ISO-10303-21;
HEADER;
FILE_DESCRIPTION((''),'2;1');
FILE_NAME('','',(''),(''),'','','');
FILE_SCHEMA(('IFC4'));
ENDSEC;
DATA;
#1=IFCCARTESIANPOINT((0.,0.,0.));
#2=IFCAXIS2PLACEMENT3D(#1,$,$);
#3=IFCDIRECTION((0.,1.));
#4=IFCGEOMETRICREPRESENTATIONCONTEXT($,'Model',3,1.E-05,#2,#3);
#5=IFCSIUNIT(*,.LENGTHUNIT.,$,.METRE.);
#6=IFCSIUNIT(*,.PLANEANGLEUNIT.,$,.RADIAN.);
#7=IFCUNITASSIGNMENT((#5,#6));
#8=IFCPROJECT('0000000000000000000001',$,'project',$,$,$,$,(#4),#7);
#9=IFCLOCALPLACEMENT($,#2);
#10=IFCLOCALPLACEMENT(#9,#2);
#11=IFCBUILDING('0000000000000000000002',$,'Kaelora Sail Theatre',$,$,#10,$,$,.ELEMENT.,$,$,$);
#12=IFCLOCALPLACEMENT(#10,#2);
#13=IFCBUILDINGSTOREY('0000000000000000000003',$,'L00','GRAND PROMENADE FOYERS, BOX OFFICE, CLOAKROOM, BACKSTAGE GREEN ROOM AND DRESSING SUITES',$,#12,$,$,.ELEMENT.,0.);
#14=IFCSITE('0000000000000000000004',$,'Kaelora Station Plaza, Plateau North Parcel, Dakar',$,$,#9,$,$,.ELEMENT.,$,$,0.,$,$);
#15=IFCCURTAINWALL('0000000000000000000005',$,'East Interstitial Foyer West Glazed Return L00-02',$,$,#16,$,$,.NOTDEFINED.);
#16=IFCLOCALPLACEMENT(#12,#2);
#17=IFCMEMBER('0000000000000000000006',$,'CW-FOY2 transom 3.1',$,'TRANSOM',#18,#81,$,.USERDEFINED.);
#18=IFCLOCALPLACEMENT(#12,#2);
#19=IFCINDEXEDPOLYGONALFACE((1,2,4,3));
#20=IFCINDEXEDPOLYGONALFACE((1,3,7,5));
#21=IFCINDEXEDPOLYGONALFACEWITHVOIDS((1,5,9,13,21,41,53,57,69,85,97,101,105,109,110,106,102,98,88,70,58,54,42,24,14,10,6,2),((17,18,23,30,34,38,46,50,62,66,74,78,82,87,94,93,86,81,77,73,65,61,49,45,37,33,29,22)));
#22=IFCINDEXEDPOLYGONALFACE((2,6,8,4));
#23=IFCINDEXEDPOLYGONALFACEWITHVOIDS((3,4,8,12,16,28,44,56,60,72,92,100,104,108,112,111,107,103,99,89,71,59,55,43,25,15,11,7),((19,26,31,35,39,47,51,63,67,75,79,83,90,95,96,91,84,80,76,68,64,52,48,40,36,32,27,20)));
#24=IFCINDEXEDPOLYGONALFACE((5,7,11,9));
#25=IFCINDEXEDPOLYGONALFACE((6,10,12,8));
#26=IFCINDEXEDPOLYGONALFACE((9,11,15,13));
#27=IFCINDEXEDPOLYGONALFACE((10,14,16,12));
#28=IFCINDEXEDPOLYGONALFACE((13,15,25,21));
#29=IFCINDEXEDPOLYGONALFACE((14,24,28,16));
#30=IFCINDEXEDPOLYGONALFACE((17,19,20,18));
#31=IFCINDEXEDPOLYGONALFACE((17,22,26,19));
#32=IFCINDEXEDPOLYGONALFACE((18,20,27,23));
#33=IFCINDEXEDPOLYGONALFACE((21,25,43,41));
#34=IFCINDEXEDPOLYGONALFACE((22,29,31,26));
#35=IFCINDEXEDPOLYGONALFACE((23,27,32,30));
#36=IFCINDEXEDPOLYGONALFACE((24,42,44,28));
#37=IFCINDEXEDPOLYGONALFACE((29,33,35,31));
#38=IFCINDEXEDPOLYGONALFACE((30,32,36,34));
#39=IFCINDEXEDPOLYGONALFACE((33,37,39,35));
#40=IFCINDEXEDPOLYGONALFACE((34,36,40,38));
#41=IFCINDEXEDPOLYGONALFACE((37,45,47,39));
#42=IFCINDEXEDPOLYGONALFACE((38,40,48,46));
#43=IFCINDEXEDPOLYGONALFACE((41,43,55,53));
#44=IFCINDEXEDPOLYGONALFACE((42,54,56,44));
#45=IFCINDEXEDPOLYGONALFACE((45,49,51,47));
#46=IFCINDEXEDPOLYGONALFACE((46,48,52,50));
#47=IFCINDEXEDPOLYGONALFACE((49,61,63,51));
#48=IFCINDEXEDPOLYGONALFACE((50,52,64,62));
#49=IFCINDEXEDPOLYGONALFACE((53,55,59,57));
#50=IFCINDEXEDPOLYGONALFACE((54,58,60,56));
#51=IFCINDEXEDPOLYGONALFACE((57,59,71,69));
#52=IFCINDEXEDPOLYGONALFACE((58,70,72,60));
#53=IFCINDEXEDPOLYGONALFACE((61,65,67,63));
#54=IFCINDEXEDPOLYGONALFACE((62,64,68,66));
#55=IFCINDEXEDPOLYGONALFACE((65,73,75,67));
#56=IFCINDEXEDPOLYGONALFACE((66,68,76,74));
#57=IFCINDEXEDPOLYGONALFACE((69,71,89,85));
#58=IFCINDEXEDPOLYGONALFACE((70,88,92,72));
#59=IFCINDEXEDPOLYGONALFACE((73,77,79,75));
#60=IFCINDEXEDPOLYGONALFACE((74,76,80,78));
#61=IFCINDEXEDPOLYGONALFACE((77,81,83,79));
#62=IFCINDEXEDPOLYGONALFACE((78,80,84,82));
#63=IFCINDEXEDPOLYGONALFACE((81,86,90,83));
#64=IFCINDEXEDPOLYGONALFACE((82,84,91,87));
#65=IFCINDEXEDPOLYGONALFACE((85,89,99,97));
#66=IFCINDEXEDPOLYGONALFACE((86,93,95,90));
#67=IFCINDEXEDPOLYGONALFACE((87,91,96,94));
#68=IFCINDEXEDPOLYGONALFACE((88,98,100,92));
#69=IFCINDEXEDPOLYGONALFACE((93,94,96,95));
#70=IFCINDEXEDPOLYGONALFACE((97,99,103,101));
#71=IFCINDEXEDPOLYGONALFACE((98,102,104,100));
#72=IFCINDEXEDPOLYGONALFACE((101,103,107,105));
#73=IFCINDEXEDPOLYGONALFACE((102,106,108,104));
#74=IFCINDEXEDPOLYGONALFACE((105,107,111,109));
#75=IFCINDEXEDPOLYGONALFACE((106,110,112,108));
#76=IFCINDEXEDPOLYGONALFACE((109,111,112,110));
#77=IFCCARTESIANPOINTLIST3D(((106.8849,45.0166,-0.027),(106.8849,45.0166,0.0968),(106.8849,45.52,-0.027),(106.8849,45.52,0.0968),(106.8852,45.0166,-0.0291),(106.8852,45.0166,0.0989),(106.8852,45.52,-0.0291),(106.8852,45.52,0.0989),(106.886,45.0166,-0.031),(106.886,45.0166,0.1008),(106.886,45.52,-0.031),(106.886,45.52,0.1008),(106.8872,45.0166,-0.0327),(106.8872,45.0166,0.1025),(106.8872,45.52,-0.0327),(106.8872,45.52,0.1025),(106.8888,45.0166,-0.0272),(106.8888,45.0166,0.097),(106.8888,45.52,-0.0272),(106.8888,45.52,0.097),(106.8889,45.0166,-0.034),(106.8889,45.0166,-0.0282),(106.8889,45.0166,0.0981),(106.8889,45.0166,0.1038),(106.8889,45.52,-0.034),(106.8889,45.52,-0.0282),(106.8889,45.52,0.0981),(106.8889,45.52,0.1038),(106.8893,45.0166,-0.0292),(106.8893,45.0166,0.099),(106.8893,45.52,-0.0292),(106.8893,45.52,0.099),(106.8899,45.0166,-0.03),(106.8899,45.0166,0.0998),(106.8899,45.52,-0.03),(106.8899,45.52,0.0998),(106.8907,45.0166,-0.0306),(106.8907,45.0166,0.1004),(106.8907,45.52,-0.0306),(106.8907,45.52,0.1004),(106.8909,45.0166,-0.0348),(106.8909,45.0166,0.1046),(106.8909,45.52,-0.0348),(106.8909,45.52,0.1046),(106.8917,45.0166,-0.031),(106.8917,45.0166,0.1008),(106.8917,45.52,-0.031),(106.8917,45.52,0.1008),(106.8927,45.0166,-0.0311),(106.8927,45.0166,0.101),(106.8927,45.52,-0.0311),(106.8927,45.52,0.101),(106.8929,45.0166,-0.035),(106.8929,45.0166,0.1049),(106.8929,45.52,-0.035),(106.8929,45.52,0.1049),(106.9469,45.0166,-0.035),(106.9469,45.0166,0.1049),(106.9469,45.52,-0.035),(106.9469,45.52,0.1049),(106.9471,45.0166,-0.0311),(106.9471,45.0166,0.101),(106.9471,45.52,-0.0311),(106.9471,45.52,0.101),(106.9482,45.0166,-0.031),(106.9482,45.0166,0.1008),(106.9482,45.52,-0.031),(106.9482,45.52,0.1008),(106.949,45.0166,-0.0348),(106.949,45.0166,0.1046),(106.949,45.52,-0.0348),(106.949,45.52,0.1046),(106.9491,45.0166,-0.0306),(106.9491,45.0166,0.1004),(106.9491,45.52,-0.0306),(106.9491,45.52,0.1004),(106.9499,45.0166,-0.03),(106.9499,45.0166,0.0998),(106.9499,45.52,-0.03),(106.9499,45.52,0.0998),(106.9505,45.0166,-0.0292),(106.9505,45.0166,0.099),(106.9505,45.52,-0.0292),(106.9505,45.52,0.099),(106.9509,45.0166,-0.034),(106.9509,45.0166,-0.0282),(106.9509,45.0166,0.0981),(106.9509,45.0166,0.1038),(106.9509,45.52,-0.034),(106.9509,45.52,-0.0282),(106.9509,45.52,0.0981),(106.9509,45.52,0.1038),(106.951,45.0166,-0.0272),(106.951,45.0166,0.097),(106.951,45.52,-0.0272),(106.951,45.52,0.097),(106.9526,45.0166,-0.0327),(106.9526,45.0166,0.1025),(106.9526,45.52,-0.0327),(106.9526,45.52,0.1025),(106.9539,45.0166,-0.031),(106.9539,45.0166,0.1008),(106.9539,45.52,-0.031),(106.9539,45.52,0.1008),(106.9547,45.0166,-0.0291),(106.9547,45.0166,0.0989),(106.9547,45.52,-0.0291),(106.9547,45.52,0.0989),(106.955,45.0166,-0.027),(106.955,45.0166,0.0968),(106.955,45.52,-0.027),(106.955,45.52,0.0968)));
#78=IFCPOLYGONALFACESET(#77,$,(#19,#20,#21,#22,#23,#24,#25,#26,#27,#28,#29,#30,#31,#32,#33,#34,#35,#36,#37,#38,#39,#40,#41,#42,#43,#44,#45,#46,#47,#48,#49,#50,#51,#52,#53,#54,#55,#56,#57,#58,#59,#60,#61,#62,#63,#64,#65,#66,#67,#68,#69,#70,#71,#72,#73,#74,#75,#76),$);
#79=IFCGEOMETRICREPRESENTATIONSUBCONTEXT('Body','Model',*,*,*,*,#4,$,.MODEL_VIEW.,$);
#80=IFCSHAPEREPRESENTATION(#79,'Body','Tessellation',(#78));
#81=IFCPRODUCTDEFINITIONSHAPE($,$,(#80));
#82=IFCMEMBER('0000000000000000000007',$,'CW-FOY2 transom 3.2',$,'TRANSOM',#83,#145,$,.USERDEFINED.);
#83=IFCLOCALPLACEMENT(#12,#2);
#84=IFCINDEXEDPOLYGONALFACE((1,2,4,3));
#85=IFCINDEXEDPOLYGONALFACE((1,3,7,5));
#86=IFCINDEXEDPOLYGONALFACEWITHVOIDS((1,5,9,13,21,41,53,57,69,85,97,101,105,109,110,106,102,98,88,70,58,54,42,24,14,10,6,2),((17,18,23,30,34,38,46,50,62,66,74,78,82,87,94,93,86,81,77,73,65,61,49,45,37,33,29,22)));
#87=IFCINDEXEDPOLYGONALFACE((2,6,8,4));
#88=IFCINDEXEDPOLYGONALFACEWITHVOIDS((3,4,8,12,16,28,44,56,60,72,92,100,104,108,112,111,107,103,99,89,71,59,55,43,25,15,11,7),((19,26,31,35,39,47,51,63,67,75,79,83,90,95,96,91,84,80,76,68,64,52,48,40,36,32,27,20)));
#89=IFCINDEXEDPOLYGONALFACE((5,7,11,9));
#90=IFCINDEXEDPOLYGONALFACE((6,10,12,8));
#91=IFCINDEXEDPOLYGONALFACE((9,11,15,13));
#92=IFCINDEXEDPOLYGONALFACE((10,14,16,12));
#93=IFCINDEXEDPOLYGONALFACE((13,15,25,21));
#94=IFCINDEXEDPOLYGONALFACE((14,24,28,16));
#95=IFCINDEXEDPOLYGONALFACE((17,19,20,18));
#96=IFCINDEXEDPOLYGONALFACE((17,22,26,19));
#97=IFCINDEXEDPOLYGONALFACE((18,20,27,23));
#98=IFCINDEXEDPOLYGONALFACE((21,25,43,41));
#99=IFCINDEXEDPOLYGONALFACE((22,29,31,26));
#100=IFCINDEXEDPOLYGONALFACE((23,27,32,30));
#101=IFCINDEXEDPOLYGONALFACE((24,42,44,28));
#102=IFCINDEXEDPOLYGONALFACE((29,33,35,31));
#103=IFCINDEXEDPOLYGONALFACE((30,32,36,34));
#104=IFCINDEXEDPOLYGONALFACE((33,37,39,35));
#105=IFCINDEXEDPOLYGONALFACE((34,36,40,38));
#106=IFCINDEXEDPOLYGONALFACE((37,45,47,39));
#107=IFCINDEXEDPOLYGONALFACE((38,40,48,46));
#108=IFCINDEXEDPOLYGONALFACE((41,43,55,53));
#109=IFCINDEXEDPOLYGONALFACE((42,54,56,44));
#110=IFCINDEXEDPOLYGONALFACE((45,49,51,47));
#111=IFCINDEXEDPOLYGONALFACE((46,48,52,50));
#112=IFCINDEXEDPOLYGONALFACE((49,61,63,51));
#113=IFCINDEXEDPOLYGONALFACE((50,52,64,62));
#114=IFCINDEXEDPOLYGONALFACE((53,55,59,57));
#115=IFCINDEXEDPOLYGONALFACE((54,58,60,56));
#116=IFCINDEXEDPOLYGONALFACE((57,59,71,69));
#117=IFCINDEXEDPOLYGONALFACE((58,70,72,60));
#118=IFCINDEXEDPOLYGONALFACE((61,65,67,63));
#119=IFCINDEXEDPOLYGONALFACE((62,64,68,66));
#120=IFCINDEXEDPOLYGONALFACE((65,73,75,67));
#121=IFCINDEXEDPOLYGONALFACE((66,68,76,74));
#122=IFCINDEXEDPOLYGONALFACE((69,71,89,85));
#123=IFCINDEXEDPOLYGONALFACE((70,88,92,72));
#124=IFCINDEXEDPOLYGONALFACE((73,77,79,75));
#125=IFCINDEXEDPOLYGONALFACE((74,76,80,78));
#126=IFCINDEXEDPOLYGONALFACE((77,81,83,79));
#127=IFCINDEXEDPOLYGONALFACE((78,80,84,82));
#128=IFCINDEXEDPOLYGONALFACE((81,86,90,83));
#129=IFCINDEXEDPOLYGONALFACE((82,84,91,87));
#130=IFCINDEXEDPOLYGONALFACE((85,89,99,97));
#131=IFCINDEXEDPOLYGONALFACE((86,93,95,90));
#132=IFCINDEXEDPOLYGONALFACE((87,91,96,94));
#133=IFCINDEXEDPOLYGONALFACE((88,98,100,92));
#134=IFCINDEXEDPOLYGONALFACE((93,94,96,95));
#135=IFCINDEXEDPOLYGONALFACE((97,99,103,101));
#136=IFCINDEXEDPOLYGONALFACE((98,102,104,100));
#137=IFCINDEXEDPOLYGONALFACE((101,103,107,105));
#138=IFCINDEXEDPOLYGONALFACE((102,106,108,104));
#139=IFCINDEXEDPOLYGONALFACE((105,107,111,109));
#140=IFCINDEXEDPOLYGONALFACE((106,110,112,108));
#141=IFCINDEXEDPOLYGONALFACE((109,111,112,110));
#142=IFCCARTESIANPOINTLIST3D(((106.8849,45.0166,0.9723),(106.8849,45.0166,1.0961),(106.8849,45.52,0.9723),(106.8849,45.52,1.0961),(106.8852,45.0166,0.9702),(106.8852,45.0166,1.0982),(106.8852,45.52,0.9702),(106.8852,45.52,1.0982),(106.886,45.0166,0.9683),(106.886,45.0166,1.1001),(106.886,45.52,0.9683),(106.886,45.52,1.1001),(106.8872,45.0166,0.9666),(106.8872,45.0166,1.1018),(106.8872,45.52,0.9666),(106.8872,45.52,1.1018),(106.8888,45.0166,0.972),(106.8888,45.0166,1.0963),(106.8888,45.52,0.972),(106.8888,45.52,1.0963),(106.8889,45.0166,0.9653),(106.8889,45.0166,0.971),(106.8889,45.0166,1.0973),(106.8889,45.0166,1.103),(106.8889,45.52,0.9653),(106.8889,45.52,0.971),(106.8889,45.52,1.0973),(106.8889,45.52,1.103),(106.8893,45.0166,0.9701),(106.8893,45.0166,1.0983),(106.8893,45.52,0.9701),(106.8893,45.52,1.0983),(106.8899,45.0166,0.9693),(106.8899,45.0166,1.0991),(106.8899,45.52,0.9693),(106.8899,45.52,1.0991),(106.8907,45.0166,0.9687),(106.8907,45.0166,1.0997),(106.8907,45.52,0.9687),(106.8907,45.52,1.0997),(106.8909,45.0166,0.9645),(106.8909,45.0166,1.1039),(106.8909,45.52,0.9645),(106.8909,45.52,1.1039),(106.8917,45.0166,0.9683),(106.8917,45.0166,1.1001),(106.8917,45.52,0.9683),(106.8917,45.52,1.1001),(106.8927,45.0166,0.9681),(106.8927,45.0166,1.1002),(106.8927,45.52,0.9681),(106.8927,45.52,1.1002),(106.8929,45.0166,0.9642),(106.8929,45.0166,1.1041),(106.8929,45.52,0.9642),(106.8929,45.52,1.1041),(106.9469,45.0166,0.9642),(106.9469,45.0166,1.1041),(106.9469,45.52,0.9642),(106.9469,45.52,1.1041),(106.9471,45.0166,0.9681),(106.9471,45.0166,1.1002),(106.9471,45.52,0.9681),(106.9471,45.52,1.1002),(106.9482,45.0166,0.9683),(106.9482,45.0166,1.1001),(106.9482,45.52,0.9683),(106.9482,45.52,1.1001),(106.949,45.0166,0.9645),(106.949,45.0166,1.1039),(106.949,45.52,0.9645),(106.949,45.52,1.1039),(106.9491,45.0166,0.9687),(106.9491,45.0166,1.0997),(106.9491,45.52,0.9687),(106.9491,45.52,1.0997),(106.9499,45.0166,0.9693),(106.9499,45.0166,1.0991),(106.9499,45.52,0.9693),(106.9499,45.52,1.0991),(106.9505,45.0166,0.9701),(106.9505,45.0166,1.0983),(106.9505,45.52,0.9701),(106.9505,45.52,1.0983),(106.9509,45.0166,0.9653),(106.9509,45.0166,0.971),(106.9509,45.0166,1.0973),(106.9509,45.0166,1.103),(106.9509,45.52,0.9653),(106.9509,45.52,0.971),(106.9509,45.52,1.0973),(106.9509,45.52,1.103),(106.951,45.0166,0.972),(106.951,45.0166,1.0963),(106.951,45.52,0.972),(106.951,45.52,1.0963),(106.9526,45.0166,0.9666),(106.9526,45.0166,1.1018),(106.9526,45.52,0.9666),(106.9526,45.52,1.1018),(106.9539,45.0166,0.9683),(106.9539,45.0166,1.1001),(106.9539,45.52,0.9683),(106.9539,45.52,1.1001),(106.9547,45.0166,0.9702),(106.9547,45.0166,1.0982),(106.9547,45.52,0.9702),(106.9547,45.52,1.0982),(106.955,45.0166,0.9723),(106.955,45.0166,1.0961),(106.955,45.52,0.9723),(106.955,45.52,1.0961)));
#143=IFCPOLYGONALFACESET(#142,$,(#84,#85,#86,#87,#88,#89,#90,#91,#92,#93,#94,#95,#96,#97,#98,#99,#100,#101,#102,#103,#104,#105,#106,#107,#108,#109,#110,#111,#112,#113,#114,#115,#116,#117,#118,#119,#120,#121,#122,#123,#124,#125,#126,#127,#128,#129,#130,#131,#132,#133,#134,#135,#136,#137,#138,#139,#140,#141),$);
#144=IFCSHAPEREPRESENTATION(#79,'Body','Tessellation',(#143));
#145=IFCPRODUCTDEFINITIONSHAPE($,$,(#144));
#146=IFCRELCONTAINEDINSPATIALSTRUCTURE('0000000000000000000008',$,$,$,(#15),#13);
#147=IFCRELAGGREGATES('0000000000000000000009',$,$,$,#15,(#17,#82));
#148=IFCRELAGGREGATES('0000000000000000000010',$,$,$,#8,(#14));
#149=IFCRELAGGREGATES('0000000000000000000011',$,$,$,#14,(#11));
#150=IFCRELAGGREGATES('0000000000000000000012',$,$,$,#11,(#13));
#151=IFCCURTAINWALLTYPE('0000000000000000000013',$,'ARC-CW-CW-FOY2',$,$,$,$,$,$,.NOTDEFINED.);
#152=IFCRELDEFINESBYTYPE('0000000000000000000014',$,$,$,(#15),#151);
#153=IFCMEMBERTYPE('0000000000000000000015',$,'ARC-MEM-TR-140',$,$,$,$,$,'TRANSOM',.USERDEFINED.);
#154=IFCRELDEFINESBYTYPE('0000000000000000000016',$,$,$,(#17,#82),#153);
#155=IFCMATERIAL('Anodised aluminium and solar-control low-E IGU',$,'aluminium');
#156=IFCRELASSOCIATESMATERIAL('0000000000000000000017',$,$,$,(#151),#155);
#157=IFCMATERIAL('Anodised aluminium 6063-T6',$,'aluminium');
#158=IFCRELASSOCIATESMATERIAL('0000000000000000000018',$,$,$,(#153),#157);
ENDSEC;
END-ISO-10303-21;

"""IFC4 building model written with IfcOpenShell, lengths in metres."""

from ifc_helpers import new_model, si_unit, direction, frame, origin, origin_2d, place, context, subcontext, project, spatial, hollow_rectangle, extrude, material, material_profile, profile_set, type_object, element, aggregate, save


model = new_model("IFC4")

# Units and contexts
model_context = context("Model", 3, precision=1e-05, world=origin(), true_north=direction((0.0, 1.0)))
body_context = subcontext(model_context, "Body", "Model", "MODEL_VIEW")
ifc_project = project(units=[si_unit("LENGTHUNIT", "METRE"), si_unit("PLANEANGLEUNIT", "RADIAN")], contexts=[model_context])

# Site, building, storey
site_placement = place(None, origin())
site = spatial("IfcSite", under=ifc_project, at=site_placement, Name="Kaelora Station Plaza, Plateau North Parcel, Dakar", CompositionType="ELEMENT", RefElevation=0.0)
building_placement = place(site_placement, origin())
building = spatial("IfcBuilding", under=site, at=building_placement, Name="Kaelora Sail Theatre", CompositionType="ELEMENT")
storey_placement = place(building_placement, origin())
storey = spatial("IfcBuildingStorey", under=building, at=storey_placement, Name="L00", Description="GRAND PROMENADE FOYERS, BOX OFFICE, CLOAKROOM, BACKSTAGE GREEN ROOM AND DRESSING SUITES", CompositionType="ELEMENT", Elevation=0.0)

# Shared definitions
ifc_material_1 = material(Name="Anodised aluminium and solar-control low-E IGU", Category="aluminium")
curtain_wall_type = type_object("IfcCurtainWallType", Name="ARC-CW-CW-FOY2", PredefinedType="NOTDEFINED", material=ifc_material_1)

# Curtain wall
curtain_wall_1_placement = place(storey_placement, origin())
curtain_wall_1 = element("IfcCurtainWall", 1, at=curtain_wall_1_placement, inside=storey, type_object=curtain_wall_type, Name="East Interstitial Foyer West Glazed Return L00-02", PredefinedType="NOTDEFINED")

# Members
ifc_material_2 = material(Name="Anodised aluminium 6063-T6", Category="aluminium")
ifc_material_profile_1 = material_profile(ifc_material_2, hollow_rectangle(XDim=0.0701, YDim=0.1399, WallThickness=0.0039, InnerFilletRadius=0.0039, OuterFilletRadius=0.0081, at=origin_2d()), Name="ALU-TRAN 70x140x4")
ifc_profile_set_1 = profile_set([ifc_material_profile_1], Name="Anodised aluminium 6063-T6")
member_type_1 = type_object("IfcMemberType", Name="ARC-MEM-TR-140", ElementType="TRANSOM", PredefinedType="USERDEFINED", material=ifc_profile_set_1)
member_1_placement = place(storey_placement, frame((106.9199, 45.0166, 0.0349), z_axis=(0.0, 1.0, 0.0), x_axis=(-1.0, 0.0, 0.0)))
member_1 = element("IfcMember", 2, at=member_1_placement, type_object=member_type_1, Name="CW-FOY2 transom 3.1", ObjectType="TRANSOM", PredefinedType="USERDEFINED", context=body_context, shape_type="SweptSolid", body=[
    extrude(hollow_rectangle(XDim=0.0701, YDim=0.1399, WallThickness=0.0039, InnerFilletRadius=0.0039, OuterFilletRadius=0.0081, at=origin_2d()), origin(), (0.0, 0.0, 1.0), 0.5034),
])
member_2_placement = place(storey_placement, frame((106.9199, 45.0166, 1.0342), z_axis=(0.0, 1.0, 0.0), x_axis=(-1.0, 0.0, 0.0)))
member_2 = element("IfcMember", 3, at=member_2_placement, type_object=member_type_1, Name="CW-FOY2 transom 3.2", ObjectType="TRANSOM", PredefinedType="USERDEFINED", context=body_context, shape_type="SweptSolid", body=[
    extrude(hollow_rectangle(XDim=0.0701, YDim=0.1399, WallThickness=0.0039, InnerFilletRadius=0.0039, OuterFilletRadius=0.0081, at=origin_2d()), origin(), (0.0, 0.0, 1.0), 0.5034),
])

aggregate(curtain_wall_1, [member_1, member_2])

save(model, "model.ifc")
